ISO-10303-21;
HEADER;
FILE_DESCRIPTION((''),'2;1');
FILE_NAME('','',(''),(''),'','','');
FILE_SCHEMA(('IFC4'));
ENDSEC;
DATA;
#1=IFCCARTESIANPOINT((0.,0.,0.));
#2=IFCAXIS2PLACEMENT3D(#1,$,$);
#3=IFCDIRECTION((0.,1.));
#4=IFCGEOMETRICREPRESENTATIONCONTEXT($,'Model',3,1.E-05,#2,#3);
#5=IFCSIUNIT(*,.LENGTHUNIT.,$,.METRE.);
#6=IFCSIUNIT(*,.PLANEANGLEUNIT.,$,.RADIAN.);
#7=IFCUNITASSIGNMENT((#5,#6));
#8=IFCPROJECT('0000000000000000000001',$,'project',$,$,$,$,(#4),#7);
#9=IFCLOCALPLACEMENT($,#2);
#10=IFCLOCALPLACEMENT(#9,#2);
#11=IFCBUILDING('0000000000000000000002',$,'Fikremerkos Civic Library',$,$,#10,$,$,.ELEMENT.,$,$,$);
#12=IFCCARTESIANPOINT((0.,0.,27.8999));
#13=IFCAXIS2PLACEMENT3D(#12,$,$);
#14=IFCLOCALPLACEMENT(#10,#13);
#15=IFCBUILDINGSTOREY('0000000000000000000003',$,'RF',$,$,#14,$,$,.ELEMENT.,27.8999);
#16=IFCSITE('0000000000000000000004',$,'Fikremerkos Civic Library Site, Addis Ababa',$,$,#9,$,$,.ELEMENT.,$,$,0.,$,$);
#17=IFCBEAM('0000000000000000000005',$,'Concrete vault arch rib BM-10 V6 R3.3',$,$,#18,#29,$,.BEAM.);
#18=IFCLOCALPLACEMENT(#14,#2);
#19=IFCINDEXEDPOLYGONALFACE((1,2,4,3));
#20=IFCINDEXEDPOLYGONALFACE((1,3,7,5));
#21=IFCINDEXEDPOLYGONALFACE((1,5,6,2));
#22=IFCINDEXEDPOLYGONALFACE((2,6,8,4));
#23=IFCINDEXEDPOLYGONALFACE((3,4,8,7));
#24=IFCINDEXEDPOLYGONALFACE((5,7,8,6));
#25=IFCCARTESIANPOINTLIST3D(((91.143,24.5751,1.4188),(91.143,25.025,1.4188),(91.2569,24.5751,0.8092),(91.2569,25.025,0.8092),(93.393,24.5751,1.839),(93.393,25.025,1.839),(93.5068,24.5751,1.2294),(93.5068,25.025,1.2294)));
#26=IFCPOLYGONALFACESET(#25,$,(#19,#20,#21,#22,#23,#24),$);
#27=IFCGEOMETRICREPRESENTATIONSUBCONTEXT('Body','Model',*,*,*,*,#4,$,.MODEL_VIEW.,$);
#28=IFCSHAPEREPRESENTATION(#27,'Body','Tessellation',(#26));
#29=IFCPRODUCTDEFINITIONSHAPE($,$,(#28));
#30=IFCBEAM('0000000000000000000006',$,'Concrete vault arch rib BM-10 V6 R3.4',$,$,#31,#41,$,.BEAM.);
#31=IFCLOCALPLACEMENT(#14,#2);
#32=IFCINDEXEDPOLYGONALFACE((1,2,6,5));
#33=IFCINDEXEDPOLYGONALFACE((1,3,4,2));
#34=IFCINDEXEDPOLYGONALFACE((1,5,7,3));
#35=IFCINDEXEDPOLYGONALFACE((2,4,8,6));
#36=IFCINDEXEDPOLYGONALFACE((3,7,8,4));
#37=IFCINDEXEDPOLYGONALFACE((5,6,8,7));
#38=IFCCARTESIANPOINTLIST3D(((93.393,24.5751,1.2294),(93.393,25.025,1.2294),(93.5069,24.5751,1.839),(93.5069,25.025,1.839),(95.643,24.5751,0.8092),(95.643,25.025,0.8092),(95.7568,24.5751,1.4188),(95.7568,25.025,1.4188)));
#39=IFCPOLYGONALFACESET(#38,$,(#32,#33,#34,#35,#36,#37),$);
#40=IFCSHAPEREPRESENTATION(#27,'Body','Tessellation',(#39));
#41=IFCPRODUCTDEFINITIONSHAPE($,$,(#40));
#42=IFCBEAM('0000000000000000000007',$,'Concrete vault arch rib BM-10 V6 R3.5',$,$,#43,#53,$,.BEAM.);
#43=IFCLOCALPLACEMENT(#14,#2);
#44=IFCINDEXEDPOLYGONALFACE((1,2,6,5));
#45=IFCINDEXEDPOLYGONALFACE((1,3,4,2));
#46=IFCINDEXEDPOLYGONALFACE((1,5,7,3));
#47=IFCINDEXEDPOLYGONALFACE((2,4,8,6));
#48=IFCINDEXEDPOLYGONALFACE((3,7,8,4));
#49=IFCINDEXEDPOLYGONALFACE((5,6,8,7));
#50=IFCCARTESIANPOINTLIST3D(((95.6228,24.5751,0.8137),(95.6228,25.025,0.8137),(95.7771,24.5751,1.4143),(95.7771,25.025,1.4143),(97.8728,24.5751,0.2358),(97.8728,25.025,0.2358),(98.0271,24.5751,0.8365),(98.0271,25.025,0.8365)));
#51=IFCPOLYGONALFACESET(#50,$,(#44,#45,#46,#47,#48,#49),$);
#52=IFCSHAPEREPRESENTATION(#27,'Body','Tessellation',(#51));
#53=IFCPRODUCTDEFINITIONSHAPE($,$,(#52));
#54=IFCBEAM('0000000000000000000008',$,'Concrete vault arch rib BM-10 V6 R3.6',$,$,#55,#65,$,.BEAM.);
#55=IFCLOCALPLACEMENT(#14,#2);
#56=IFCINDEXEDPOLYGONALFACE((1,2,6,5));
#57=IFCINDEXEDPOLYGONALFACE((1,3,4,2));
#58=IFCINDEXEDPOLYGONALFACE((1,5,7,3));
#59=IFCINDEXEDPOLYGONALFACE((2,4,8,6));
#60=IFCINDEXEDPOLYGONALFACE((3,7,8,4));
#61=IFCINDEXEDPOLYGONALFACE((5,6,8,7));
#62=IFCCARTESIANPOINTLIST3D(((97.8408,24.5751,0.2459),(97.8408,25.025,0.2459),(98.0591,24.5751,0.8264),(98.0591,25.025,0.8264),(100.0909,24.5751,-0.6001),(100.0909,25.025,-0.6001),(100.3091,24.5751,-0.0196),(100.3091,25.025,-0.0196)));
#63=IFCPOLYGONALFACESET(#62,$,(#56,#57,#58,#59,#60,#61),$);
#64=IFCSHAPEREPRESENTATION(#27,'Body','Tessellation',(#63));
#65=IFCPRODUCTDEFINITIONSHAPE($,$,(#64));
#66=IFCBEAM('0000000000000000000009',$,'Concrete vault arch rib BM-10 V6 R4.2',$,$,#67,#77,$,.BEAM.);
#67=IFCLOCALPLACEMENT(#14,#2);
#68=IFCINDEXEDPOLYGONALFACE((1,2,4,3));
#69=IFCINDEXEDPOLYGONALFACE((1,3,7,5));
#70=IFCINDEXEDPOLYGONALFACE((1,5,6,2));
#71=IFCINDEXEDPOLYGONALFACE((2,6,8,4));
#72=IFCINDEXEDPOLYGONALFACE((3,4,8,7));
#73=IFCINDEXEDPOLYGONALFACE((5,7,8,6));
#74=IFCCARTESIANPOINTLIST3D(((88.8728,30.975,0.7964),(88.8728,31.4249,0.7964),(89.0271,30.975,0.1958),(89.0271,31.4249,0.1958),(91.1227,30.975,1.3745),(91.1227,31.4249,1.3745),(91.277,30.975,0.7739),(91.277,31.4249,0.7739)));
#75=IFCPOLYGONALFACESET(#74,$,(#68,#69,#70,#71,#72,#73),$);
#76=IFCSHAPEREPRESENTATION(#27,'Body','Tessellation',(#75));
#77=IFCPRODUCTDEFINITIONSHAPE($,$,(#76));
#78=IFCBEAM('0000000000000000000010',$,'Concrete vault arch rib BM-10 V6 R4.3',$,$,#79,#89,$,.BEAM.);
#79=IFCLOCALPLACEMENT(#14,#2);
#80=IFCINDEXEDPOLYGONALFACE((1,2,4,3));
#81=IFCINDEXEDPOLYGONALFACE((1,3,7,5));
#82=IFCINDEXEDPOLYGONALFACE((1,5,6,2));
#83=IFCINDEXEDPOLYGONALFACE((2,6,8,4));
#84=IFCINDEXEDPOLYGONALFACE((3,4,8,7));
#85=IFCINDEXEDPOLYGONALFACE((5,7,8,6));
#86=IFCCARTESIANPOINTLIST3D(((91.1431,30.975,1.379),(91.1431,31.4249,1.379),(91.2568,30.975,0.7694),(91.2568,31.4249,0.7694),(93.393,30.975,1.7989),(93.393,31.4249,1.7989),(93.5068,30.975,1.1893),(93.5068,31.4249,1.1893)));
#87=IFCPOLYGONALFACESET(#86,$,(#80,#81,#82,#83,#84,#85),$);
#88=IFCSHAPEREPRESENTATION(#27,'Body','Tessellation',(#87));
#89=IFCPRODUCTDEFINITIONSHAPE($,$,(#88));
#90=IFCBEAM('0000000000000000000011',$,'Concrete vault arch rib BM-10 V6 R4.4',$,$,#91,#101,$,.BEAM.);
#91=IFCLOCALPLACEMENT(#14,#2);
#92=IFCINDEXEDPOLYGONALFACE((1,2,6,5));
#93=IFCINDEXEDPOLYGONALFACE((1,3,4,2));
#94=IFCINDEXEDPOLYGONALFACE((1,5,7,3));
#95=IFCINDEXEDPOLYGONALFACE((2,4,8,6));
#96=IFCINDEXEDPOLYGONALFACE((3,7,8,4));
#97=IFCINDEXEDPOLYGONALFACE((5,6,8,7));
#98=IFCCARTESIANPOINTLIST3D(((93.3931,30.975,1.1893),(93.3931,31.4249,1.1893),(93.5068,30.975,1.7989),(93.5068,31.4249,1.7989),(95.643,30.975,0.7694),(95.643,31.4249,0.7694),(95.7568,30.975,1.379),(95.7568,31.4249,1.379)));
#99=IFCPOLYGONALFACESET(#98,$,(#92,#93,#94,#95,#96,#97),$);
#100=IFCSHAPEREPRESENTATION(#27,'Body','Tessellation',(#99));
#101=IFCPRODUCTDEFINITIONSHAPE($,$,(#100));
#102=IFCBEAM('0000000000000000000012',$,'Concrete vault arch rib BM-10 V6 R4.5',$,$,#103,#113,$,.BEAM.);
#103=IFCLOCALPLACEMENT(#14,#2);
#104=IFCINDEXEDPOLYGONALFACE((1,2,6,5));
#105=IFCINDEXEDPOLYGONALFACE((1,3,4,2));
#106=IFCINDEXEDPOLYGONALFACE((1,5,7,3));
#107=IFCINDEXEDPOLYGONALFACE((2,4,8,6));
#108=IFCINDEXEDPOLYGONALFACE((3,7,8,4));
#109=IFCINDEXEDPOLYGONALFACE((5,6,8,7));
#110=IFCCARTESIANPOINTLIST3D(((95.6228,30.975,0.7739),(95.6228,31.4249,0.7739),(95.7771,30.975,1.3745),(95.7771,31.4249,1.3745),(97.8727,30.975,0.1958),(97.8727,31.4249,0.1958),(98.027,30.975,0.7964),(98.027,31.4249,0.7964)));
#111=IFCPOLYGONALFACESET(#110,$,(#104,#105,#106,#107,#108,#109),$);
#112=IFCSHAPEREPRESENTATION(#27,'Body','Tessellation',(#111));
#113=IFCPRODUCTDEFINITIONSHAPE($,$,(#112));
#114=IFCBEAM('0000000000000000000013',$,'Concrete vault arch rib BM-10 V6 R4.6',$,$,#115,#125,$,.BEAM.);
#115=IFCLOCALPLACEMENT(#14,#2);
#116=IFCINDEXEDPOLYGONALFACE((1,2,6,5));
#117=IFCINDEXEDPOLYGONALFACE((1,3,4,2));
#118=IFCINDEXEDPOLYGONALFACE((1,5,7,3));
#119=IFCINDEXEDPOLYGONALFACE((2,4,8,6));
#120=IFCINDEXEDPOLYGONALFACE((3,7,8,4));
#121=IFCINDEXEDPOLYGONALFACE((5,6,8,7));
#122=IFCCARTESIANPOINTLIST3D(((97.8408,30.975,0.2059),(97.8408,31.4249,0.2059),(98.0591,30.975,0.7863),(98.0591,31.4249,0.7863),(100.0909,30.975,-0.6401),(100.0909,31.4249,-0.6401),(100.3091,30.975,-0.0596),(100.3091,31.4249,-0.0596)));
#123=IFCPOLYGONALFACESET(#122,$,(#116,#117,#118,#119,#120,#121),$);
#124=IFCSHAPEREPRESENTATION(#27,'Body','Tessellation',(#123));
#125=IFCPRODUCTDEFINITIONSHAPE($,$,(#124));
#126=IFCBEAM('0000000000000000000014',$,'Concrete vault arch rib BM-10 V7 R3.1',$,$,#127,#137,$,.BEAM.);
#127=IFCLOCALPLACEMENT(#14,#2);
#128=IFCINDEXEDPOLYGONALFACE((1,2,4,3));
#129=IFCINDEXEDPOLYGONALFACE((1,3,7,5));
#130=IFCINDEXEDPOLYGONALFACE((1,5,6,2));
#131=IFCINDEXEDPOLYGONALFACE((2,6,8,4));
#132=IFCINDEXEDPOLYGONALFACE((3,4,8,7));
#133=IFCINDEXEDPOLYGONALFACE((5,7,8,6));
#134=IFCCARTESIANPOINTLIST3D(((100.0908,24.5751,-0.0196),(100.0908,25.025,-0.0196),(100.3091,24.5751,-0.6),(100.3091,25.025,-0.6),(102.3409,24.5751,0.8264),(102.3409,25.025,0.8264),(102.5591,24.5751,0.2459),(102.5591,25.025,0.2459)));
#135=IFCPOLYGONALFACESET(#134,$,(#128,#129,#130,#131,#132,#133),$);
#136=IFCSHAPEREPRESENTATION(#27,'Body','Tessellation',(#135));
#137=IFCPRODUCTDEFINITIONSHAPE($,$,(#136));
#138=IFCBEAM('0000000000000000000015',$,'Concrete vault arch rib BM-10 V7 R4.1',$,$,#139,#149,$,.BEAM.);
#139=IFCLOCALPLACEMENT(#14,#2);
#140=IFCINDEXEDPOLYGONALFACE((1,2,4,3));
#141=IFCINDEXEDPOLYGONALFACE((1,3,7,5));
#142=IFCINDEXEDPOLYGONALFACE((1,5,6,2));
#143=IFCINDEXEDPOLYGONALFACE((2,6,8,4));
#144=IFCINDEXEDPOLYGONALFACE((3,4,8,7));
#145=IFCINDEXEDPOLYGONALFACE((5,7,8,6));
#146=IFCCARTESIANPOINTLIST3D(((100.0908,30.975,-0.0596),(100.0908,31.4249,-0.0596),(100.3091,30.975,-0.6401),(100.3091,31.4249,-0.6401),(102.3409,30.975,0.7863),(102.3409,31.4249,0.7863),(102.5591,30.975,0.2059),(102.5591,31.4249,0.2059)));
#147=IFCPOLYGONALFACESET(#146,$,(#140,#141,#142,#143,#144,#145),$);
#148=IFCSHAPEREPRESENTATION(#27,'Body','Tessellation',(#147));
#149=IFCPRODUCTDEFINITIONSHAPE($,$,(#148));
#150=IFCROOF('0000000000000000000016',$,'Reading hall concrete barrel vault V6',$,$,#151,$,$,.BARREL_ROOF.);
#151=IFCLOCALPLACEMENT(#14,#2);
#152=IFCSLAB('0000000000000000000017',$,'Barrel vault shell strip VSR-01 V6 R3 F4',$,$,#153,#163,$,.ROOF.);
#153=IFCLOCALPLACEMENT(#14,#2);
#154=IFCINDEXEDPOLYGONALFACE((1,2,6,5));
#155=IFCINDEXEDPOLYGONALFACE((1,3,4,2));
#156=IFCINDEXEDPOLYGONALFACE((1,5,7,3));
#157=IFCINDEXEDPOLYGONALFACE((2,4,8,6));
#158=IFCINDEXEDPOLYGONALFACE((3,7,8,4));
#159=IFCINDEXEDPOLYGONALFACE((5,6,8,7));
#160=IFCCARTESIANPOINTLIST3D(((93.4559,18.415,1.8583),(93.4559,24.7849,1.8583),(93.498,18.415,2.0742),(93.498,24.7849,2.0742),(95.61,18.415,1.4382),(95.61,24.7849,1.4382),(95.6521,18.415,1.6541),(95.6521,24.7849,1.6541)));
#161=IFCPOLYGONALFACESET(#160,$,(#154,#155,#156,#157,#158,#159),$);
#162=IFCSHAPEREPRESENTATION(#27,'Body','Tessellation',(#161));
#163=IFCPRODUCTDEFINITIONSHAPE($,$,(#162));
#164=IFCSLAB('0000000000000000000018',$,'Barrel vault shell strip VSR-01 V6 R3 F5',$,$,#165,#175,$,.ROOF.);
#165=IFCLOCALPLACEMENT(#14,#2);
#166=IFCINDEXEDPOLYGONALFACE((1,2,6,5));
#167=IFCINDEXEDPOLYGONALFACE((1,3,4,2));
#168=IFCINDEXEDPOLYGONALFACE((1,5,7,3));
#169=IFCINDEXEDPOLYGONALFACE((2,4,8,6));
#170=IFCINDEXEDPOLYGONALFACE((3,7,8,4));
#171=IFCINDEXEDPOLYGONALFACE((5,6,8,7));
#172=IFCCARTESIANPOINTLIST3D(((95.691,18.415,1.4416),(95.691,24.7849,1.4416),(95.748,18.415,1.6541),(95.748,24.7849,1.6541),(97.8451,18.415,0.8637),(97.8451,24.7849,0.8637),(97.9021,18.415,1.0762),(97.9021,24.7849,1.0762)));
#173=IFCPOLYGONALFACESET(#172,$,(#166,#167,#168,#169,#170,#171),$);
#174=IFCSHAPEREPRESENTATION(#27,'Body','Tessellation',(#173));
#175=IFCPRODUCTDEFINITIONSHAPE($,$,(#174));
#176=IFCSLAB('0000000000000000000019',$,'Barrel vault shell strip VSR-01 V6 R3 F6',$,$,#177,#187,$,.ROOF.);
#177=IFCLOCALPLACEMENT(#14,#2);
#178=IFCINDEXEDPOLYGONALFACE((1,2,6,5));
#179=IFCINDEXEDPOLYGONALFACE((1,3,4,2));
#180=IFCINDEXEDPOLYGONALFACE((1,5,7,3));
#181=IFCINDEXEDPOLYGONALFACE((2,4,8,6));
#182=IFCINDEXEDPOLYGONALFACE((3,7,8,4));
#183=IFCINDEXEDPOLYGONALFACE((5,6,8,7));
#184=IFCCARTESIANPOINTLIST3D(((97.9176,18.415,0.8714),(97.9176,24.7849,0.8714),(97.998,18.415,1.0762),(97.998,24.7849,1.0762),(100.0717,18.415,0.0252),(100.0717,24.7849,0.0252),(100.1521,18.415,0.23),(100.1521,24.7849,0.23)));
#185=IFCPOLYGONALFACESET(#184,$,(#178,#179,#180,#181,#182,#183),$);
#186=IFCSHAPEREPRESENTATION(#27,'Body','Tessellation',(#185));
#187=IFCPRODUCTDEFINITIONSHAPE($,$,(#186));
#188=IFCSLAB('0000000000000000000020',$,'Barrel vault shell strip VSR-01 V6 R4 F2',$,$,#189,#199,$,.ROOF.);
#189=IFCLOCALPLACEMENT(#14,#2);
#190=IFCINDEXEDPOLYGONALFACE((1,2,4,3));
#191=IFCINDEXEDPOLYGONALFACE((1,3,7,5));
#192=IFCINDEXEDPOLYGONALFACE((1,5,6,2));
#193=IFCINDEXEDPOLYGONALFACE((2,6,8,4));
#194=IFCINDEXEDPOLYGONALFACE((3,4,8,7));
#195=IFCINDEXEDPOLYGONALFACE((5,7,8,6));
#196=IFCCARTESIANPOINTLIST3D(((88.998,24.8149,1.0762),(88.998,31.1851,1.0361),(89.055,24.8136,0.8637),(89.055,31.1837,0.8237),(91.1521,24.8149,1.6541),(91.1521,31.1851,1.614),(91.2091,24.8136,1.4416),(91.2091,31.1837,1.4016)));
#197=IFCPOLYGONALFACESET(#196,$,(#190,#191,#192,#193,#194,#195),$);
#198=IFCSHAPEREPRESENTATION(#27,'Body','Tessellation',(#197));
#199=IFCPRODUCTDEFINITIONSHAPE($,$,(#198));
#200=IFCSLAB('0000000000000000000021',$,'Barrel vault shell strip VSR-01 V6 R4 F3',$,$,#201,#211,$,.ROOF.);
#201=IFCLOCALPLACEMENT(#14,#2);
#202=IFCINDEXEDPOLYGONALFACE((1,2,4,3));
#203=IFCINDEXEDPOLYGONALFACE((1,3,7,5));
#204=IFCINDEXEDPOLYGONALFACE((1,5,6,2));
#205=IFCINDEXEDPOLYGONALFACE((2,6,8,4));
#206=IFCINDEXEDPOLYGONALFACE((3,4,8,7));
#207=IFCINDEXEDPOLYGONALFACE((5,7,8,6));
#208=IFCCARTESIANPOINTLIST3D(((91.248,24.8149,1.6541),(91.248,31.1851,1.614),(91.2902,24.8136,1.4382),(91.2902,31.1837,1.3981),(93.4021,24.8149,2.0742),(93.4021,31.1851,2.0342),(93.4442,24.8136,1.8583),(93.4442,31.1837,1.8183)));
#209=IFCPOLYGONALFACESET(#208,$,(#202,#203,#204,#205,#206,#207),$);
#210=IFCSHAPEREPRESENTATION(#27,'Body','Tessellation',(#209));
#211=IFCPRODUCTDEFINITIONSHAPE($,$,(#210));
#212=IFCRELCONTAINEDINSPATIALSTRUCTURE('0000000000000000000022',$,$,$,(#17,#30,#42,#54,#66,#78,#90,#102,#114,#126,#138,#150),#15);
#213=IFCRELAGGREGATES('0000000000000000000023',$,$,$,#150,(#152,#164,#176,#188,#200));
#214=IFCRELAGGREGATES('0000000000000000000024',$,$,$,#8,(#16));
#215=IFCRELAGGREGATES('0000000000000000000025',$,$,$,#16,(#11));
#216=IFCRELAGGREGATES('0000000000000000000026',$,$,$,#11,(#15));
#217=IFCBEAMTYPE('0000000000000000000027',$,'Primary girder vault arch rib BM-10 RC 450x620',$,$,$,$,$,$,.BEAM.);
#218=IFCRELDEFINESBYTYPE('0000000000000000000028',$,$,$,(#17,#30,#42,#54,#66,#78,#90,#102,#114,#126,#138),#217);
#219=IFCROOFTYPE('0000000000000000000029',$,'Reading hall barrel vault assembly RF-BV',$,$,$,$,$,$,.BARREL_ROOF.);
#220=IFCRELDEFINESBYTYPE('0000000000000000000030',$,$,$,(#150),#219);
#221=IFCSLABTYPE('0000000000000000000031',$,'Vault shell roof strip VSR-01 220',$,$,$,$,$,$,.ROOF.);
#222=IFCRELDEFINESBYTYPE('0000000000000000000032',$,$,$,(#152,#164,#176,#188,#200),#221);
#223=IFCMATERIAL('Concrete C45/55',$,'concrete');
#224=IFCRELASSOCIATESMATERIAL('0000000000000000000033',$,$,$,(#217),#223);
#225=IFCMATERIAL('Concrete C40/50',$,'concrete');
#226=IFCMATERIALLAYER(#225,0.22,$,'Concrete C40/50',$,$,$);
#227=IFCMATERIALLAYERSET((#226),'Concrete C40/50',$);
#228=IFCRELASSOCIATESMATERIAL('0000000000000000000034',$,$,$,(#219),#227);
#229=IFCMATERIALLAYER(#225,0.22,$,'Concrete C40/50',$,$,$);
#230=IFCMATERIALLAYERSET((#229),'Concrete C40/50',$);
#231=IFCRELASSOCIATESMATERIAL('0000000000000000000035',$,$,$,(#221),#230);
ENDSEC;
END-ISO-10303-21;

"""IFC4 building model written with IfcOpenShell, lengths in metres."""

from ifc_helpers import new_model, si_unit, direction, frame, origin, origin_2d, place, context, subcontext, project, spatial, polyline, rectangle, outline, extrude, material, layer, layer_set, material_profile, profile_set, type_object, element, aggregate, save


model = new_model("IFC4")

# Units and contexts
model_context = context("Model", 3, precision=1e-05, world=origin(), true_north=direction((0.0, 1.0)))
body_context = subcontext(model_context, "Body", "Model", "MODEL_VIEW")
ifc_project = project(units=[si_unit("LENGTHUNIT", "METRE"), si_unit("PLANEANGLEUNIT", "RADIAN")], contexts=[model_context])

# Site, building, storey
site_placement = place(None, origin())
site = spatial("IfcSite", under=ifc_project, at=site_placement, Name="Fikremerkos Civic Library Site, Addis Ababa", CompositionType="ELEMENT", RefElevation=0.0)
building_placement = place(site_placement, origin())
building = spatial("IfcBuilding", under=site, at=building_placement, Name="Fikremerkos Civic Library", CompositionType="ELEMENT")
storey_placement = place(building_placement, frame((0.0, 0.0, 27.8999)))
storey = spatial("IfcBuildingStorey", under=building, at=storey_placement, Name="RF", CompositionType="ELEMENT", Elevation=27.8999)

# Beams
ifc_material_1 = material(Name="Concrete C45/55", Category="concrete")
ifc_material_profile_1 = material_profile(ifc_material_1, rectangle(XDim=0.45, YDim=0.6201, at=origin_2d()), Name="RC 450x620")
ifc_profile_set_1 = profile_set([ifc_material_profile_1], Name="Concrete C45/55")
beam_type = type_object("IfcBeamType", Name="Primary girder vault arch rib BM-10 RC 450x620", PredefinedType="BEAM", material=ifc_profile_set_1)
for number, where, z_axis, x_axis, name in (
    (1, (91.2, 24.8, 1.114), (0.983007, 0.0, 0.183567), (0.0, 1.0, 0.0), "Concrete vault arch rib BM-10 V6 R3.3"),
    (2, (93.45, 24.8, 1.5342), (0.983007, 0.0, -0.183567), (0.0, 1.0, 0.0), "Concrete vault arch rib BM-10 V6 R3.4"),
):
    element("IfcBeam", number, at=place(storey_placement, frame(where, z_axis=z_axis, x_axis=x_axis)), inside=storey, type_object=beam_type, Name=name, PredefinedType="BEAM", context=body_context, shape_type="SweptSolid", body=[
        extrude(rectangle(XDim=0.45, YDim=0.6201, at=origin_2d()), origin(), (0.0, 0.0, 1.0), 2.2888),
    ])
beam_1_placement = place(storey_placement, frame((95.7, 24.8, 1.114), z_axis=(0.968565, 0.0, -0.248762), x_axis=(0.0, 1.0, 0.0)))
element("IfcBeam", 3, at=beam_1_placement, inside=storey, type_object=beam_type, Name="Concrete vault arch rib BM-10 V6 R3.5", PredefinedType="BEAM", context=body_context, shape_type="SweptSolid", body=[
    extrude(rectangle(XDim=0.45, YDim=0.6201, at=origin_2d()), origin(), (0.0, 0.0, 1.0), 2.323),
])
beam_2_placement = place(storey_placement, frame((97.95, 24.8, 0.5361), z_axis=(0.936028, 0.0, -0.351925), x_axis=(0.0, 1.0, 0.0)))
element("IfcBeam", 4, at=beam_2_placement, inside=storey, type_object=beam_type, Name="Concrete vault arch rib BM-10 V6 R3.6", PredefinedType="BEAM", context=body_context, shape_type="SweptSolid", body=[
    extrude(rectangle(XDim=0.45, YDim=0.6201, at=origin_2d()), origin(), (0.0, 0.0, 1.0), 2.4038),
])
beam_3_placement = place(storey_placement, frame((88.95, 31.2, 0.4961), z_axis=(0.968539, 0.0, 0.248861), x_axis=(0.0, 1.0, 0.0)))
element("IfcBeam", 5, at=beam_3_placement, inside=storey, type_object=beam_type, Name="Concrete vault arch rib BM-10 V6 R4.2", PredefinedType="BEAM", context=body_context, shape_type="SweptSolid", body=[
    extrude(rectangle(XDim=0.45, YDim=0.6201, at=origin_2d()), origin(), (0.0, 0.0, 1.0), 2.323),
])
for number, where, z_axis, x_axis, name in (
    (6, (91.2, 31.2, 1.0742), (0.983026, 0.0, 0.183464), (0.0, 1.0, 0.0), "Concrete vault arch rib BM-10 V6 R4.3"),
    (7, (93.45, 31.2, 1.4941), (0.983026, 0.0, -0.183464), (0.0, 1.0, 0.0), "Concrete vault arch rib BM-10 V6 R4.4"),
):
    element("IfcBeam", number, at=place(storey_placement, frame(where, z_axis=z_axis, x_axis=x_axis)), inside=storey, type_object=beam_type, Name=name, PredefinedType="BEAM", context=body_context, shape_type="SweptSolid", body=[
        extrude(rectangle(XDim=0.45, YDim=0.6201, at=origin_2d()), origin(), (0.0, 0.0, 1.0), 2.2888),
    ])
beam_4_placement = place(storey_placement, frame((95.7, 31.2, 1.0742), z_axis=(0.968539, 0.0, -0.248861), x_axis=(0.0, 1.0, 0.0)))
element("IfcBeam", 8, at=beam_4_placement, inside=storey, type_object=beam_type, Name="Concrete vault arch rib BM-10 V6 R4.5", PredefinedType="BEAM", context=body_context, shape_type="SweptSolid", body=[
    extrude(rectangle(XDim=0.45, YDim=0.6201, at=origin_2d()), origin(), (0.0, 0.0, 1.0), 2.323),
])
for number, where, z_axis, x_axis, name in (
    (9, (97.95, 31.2, 0.4961), (0.936028, 0.0, -0.351925), (0.0, 1.0, 0.0), "Concrete vault arch rib BM-10 V6 R4.6"),
    (10, (100.2, 24.8, -0.3098), (0.936028, 0.0, 0.351925), (0.0, 1.0, 0.0), "Concrete vault arch rib BM-10 V7 R3.1"),
    (11, (100.2, 31.2, -0.3499), (0.936028, 0.0, 0.351925), (0.0, 1.0, 0.0), "Concrete vault arch rib BM-10 V7 R4.1"),
):
    element("IfcBeam", number, at=place(storey_placement, frame(where, z_axis=z_axis, x_axis=x_axis)), inside=storey, type_object=beam_type, Name=name, PredefinedType="BEAM", context=body_context, shape_type="SweptSolid", body=[
        extrude(rectangle(XDim=0.45, YDim=0.6201, at=origin_2d()), origin(), (0.0, 0.0, 1.0), 2.4038),
    ])

# Roof, slabs
ifc_material_2 = material(Name="Concrete C40/50", Category="concrete")
ifc_layer_1 = layer(ifc_material_2, 0.22, Name="Concrete C40/50")
ifc_layer_set_1 = layer_set([ifc_layer_1], Name="Concrete C40/50")
roof_type = type_object("IfcRoofType", Name="Reading hall barrel vault assembly RF-BV", PredefinedType="BARREL_ROOF", material=ifc_layer_set_1)
roof_1_placement = place(storey_placement, origin())
roof_1 = element("IfcRoof", 12, at=roof_1_placement, inside=storey, type_object=roof_type, Name="Reading hall concrete barrel vault V6", PredefinedType="BARREL_ROOF")
ifc_layer_2 = layer(ifc_material_2, 0.22, Name="Concrete C40/50")
ifc_layer_set_2 = layer_set([ifc_layer_2], Name="Concrete C40/50")
slab_type_1 = type_object("IfcSlabType", Name="Vault shell roof strip VSR-01 220", PredefinedType="ROOF", material=ifc_layer_set_2)
slab_1_placement = place(storey_placement, frame((93.498, 18.415, 2.0742), z_axis=(0.19145, 0.0, 0.981502), x_axis=(0.981502, 0.0, -0.19145)))
slab_1 = element("IfcSlab", 13, at=slab_1_placement, type_object=slab_type_1, Name="Barrel vault shell strip VSR-01 V6 R3 F4", PredefinedType="ROOF", context=body_context, shape_type="SweptSolid", body=[
    extrude(outline(polyline([(0.0, 0.0), (2.1946, 0.0), (2.1946, 6.3699), (0.0, 6.3699), (0.0, 0.0)])), origin(), (0.0, 0.0, -1.0), 0.22),
])
slab_2_placement = place(storey_placement, frame((95.748, 18.415, 1.6541), z_axis=(0.259114, 0.0, 0.965847), x_axis=(0.965847, 0.0, -0.259114)))
slab_2 = element("IfcSlab", 14, at=slab_2_placement, type_object=slab_type_1, Name="Barrel vault shell strip VSR-01 V6 R3 F5", PredefinedType="ROOF", context=body_context, shape_type="SweptSolid", body=[
    extrude(outline(polyline([(0.0, 0.0), (2.2302, 0.0), (2.2302, 6.3699), (0.0, 6.3699), (0.0, 0.0)])), origin(), (0.0, 0.0, -1.0), 0.22),
])
slab_3_placement = place(storey_placement, frame((97.998, 18.415, 1.0762), z_axis=(0.365636, 0.0, 0.930758), x_axis=(0.930758, 0.0, -0.365636)))
slab_3 = element("IfcSlab", 15, at=slab_3_placement, type_object=slab_type_1, Name="Barrel vault shell strip VSR-01 V6 R3 F6", PredefinedType="ROOF", context=body_context, shape_type="SweptSolid", body=[
    extrude(outline(polyline([(0.0, 0.0), (2.3143, 0.0), (2.3143, 6.3699), (0.0, 6.3699), (0.0, 0.0)])), origin(), (0.0, 0.0, -1.0), 0.22),
])
slab_4_placement = place(storey_placement, frame((88.998, 24.8149, 1.0762), z_axis=(-0.259109, 0.006071, 0.965829), x_axis=(0.965847, 0.0, 0.259114)))
slab_4 = element("IfcSlab", 16, at=slab_4_placement, type_object=slab_type_1, Name="Barrel vault shell strip VSR-01 V6 R4 F2", PredefinedType="ROOF", context=body_context, shape_type="SweptSolid", body=[
    extrude(outline(polyline([(0.0, 0.0), (2.2302, 0.0), (2.2198, 6.3702), (-0.0104, 6.3702), (0.0, 0.0)])), origin(), (0.0, 0.0, -1.0), 0.22),
])
slab_5_placement = place(storey_placement, frame((91.248, 24.8149, 1.6541), z_axis=(-0.191447, 0.006169, 0.981484), x_axis=(0.981502, 0.0, 0.19145)))
slab_5 = element("IfcSlab", 17, at=slab_5_placement, type_object=slab_type_1, Name="Barrel vault shell strip VSR-01 V6 R4 F3", PredefinedType="ROOF", context=body_context, shape_type="SweptSolid", body=[
    extrude(outline(polyline([(0.0, 0.0), (2.1946, 0.0), (2.187, 6.3702), (-0.0077, 6.3702), (0.0, 0.0)])), origin(), (0.0, 0.0, -1.0), 0.22),
])

aggregate(roof_1, [slab_1, slab_2, slab_3, slab_4, slab_5])

save(model, "model.ifc")
